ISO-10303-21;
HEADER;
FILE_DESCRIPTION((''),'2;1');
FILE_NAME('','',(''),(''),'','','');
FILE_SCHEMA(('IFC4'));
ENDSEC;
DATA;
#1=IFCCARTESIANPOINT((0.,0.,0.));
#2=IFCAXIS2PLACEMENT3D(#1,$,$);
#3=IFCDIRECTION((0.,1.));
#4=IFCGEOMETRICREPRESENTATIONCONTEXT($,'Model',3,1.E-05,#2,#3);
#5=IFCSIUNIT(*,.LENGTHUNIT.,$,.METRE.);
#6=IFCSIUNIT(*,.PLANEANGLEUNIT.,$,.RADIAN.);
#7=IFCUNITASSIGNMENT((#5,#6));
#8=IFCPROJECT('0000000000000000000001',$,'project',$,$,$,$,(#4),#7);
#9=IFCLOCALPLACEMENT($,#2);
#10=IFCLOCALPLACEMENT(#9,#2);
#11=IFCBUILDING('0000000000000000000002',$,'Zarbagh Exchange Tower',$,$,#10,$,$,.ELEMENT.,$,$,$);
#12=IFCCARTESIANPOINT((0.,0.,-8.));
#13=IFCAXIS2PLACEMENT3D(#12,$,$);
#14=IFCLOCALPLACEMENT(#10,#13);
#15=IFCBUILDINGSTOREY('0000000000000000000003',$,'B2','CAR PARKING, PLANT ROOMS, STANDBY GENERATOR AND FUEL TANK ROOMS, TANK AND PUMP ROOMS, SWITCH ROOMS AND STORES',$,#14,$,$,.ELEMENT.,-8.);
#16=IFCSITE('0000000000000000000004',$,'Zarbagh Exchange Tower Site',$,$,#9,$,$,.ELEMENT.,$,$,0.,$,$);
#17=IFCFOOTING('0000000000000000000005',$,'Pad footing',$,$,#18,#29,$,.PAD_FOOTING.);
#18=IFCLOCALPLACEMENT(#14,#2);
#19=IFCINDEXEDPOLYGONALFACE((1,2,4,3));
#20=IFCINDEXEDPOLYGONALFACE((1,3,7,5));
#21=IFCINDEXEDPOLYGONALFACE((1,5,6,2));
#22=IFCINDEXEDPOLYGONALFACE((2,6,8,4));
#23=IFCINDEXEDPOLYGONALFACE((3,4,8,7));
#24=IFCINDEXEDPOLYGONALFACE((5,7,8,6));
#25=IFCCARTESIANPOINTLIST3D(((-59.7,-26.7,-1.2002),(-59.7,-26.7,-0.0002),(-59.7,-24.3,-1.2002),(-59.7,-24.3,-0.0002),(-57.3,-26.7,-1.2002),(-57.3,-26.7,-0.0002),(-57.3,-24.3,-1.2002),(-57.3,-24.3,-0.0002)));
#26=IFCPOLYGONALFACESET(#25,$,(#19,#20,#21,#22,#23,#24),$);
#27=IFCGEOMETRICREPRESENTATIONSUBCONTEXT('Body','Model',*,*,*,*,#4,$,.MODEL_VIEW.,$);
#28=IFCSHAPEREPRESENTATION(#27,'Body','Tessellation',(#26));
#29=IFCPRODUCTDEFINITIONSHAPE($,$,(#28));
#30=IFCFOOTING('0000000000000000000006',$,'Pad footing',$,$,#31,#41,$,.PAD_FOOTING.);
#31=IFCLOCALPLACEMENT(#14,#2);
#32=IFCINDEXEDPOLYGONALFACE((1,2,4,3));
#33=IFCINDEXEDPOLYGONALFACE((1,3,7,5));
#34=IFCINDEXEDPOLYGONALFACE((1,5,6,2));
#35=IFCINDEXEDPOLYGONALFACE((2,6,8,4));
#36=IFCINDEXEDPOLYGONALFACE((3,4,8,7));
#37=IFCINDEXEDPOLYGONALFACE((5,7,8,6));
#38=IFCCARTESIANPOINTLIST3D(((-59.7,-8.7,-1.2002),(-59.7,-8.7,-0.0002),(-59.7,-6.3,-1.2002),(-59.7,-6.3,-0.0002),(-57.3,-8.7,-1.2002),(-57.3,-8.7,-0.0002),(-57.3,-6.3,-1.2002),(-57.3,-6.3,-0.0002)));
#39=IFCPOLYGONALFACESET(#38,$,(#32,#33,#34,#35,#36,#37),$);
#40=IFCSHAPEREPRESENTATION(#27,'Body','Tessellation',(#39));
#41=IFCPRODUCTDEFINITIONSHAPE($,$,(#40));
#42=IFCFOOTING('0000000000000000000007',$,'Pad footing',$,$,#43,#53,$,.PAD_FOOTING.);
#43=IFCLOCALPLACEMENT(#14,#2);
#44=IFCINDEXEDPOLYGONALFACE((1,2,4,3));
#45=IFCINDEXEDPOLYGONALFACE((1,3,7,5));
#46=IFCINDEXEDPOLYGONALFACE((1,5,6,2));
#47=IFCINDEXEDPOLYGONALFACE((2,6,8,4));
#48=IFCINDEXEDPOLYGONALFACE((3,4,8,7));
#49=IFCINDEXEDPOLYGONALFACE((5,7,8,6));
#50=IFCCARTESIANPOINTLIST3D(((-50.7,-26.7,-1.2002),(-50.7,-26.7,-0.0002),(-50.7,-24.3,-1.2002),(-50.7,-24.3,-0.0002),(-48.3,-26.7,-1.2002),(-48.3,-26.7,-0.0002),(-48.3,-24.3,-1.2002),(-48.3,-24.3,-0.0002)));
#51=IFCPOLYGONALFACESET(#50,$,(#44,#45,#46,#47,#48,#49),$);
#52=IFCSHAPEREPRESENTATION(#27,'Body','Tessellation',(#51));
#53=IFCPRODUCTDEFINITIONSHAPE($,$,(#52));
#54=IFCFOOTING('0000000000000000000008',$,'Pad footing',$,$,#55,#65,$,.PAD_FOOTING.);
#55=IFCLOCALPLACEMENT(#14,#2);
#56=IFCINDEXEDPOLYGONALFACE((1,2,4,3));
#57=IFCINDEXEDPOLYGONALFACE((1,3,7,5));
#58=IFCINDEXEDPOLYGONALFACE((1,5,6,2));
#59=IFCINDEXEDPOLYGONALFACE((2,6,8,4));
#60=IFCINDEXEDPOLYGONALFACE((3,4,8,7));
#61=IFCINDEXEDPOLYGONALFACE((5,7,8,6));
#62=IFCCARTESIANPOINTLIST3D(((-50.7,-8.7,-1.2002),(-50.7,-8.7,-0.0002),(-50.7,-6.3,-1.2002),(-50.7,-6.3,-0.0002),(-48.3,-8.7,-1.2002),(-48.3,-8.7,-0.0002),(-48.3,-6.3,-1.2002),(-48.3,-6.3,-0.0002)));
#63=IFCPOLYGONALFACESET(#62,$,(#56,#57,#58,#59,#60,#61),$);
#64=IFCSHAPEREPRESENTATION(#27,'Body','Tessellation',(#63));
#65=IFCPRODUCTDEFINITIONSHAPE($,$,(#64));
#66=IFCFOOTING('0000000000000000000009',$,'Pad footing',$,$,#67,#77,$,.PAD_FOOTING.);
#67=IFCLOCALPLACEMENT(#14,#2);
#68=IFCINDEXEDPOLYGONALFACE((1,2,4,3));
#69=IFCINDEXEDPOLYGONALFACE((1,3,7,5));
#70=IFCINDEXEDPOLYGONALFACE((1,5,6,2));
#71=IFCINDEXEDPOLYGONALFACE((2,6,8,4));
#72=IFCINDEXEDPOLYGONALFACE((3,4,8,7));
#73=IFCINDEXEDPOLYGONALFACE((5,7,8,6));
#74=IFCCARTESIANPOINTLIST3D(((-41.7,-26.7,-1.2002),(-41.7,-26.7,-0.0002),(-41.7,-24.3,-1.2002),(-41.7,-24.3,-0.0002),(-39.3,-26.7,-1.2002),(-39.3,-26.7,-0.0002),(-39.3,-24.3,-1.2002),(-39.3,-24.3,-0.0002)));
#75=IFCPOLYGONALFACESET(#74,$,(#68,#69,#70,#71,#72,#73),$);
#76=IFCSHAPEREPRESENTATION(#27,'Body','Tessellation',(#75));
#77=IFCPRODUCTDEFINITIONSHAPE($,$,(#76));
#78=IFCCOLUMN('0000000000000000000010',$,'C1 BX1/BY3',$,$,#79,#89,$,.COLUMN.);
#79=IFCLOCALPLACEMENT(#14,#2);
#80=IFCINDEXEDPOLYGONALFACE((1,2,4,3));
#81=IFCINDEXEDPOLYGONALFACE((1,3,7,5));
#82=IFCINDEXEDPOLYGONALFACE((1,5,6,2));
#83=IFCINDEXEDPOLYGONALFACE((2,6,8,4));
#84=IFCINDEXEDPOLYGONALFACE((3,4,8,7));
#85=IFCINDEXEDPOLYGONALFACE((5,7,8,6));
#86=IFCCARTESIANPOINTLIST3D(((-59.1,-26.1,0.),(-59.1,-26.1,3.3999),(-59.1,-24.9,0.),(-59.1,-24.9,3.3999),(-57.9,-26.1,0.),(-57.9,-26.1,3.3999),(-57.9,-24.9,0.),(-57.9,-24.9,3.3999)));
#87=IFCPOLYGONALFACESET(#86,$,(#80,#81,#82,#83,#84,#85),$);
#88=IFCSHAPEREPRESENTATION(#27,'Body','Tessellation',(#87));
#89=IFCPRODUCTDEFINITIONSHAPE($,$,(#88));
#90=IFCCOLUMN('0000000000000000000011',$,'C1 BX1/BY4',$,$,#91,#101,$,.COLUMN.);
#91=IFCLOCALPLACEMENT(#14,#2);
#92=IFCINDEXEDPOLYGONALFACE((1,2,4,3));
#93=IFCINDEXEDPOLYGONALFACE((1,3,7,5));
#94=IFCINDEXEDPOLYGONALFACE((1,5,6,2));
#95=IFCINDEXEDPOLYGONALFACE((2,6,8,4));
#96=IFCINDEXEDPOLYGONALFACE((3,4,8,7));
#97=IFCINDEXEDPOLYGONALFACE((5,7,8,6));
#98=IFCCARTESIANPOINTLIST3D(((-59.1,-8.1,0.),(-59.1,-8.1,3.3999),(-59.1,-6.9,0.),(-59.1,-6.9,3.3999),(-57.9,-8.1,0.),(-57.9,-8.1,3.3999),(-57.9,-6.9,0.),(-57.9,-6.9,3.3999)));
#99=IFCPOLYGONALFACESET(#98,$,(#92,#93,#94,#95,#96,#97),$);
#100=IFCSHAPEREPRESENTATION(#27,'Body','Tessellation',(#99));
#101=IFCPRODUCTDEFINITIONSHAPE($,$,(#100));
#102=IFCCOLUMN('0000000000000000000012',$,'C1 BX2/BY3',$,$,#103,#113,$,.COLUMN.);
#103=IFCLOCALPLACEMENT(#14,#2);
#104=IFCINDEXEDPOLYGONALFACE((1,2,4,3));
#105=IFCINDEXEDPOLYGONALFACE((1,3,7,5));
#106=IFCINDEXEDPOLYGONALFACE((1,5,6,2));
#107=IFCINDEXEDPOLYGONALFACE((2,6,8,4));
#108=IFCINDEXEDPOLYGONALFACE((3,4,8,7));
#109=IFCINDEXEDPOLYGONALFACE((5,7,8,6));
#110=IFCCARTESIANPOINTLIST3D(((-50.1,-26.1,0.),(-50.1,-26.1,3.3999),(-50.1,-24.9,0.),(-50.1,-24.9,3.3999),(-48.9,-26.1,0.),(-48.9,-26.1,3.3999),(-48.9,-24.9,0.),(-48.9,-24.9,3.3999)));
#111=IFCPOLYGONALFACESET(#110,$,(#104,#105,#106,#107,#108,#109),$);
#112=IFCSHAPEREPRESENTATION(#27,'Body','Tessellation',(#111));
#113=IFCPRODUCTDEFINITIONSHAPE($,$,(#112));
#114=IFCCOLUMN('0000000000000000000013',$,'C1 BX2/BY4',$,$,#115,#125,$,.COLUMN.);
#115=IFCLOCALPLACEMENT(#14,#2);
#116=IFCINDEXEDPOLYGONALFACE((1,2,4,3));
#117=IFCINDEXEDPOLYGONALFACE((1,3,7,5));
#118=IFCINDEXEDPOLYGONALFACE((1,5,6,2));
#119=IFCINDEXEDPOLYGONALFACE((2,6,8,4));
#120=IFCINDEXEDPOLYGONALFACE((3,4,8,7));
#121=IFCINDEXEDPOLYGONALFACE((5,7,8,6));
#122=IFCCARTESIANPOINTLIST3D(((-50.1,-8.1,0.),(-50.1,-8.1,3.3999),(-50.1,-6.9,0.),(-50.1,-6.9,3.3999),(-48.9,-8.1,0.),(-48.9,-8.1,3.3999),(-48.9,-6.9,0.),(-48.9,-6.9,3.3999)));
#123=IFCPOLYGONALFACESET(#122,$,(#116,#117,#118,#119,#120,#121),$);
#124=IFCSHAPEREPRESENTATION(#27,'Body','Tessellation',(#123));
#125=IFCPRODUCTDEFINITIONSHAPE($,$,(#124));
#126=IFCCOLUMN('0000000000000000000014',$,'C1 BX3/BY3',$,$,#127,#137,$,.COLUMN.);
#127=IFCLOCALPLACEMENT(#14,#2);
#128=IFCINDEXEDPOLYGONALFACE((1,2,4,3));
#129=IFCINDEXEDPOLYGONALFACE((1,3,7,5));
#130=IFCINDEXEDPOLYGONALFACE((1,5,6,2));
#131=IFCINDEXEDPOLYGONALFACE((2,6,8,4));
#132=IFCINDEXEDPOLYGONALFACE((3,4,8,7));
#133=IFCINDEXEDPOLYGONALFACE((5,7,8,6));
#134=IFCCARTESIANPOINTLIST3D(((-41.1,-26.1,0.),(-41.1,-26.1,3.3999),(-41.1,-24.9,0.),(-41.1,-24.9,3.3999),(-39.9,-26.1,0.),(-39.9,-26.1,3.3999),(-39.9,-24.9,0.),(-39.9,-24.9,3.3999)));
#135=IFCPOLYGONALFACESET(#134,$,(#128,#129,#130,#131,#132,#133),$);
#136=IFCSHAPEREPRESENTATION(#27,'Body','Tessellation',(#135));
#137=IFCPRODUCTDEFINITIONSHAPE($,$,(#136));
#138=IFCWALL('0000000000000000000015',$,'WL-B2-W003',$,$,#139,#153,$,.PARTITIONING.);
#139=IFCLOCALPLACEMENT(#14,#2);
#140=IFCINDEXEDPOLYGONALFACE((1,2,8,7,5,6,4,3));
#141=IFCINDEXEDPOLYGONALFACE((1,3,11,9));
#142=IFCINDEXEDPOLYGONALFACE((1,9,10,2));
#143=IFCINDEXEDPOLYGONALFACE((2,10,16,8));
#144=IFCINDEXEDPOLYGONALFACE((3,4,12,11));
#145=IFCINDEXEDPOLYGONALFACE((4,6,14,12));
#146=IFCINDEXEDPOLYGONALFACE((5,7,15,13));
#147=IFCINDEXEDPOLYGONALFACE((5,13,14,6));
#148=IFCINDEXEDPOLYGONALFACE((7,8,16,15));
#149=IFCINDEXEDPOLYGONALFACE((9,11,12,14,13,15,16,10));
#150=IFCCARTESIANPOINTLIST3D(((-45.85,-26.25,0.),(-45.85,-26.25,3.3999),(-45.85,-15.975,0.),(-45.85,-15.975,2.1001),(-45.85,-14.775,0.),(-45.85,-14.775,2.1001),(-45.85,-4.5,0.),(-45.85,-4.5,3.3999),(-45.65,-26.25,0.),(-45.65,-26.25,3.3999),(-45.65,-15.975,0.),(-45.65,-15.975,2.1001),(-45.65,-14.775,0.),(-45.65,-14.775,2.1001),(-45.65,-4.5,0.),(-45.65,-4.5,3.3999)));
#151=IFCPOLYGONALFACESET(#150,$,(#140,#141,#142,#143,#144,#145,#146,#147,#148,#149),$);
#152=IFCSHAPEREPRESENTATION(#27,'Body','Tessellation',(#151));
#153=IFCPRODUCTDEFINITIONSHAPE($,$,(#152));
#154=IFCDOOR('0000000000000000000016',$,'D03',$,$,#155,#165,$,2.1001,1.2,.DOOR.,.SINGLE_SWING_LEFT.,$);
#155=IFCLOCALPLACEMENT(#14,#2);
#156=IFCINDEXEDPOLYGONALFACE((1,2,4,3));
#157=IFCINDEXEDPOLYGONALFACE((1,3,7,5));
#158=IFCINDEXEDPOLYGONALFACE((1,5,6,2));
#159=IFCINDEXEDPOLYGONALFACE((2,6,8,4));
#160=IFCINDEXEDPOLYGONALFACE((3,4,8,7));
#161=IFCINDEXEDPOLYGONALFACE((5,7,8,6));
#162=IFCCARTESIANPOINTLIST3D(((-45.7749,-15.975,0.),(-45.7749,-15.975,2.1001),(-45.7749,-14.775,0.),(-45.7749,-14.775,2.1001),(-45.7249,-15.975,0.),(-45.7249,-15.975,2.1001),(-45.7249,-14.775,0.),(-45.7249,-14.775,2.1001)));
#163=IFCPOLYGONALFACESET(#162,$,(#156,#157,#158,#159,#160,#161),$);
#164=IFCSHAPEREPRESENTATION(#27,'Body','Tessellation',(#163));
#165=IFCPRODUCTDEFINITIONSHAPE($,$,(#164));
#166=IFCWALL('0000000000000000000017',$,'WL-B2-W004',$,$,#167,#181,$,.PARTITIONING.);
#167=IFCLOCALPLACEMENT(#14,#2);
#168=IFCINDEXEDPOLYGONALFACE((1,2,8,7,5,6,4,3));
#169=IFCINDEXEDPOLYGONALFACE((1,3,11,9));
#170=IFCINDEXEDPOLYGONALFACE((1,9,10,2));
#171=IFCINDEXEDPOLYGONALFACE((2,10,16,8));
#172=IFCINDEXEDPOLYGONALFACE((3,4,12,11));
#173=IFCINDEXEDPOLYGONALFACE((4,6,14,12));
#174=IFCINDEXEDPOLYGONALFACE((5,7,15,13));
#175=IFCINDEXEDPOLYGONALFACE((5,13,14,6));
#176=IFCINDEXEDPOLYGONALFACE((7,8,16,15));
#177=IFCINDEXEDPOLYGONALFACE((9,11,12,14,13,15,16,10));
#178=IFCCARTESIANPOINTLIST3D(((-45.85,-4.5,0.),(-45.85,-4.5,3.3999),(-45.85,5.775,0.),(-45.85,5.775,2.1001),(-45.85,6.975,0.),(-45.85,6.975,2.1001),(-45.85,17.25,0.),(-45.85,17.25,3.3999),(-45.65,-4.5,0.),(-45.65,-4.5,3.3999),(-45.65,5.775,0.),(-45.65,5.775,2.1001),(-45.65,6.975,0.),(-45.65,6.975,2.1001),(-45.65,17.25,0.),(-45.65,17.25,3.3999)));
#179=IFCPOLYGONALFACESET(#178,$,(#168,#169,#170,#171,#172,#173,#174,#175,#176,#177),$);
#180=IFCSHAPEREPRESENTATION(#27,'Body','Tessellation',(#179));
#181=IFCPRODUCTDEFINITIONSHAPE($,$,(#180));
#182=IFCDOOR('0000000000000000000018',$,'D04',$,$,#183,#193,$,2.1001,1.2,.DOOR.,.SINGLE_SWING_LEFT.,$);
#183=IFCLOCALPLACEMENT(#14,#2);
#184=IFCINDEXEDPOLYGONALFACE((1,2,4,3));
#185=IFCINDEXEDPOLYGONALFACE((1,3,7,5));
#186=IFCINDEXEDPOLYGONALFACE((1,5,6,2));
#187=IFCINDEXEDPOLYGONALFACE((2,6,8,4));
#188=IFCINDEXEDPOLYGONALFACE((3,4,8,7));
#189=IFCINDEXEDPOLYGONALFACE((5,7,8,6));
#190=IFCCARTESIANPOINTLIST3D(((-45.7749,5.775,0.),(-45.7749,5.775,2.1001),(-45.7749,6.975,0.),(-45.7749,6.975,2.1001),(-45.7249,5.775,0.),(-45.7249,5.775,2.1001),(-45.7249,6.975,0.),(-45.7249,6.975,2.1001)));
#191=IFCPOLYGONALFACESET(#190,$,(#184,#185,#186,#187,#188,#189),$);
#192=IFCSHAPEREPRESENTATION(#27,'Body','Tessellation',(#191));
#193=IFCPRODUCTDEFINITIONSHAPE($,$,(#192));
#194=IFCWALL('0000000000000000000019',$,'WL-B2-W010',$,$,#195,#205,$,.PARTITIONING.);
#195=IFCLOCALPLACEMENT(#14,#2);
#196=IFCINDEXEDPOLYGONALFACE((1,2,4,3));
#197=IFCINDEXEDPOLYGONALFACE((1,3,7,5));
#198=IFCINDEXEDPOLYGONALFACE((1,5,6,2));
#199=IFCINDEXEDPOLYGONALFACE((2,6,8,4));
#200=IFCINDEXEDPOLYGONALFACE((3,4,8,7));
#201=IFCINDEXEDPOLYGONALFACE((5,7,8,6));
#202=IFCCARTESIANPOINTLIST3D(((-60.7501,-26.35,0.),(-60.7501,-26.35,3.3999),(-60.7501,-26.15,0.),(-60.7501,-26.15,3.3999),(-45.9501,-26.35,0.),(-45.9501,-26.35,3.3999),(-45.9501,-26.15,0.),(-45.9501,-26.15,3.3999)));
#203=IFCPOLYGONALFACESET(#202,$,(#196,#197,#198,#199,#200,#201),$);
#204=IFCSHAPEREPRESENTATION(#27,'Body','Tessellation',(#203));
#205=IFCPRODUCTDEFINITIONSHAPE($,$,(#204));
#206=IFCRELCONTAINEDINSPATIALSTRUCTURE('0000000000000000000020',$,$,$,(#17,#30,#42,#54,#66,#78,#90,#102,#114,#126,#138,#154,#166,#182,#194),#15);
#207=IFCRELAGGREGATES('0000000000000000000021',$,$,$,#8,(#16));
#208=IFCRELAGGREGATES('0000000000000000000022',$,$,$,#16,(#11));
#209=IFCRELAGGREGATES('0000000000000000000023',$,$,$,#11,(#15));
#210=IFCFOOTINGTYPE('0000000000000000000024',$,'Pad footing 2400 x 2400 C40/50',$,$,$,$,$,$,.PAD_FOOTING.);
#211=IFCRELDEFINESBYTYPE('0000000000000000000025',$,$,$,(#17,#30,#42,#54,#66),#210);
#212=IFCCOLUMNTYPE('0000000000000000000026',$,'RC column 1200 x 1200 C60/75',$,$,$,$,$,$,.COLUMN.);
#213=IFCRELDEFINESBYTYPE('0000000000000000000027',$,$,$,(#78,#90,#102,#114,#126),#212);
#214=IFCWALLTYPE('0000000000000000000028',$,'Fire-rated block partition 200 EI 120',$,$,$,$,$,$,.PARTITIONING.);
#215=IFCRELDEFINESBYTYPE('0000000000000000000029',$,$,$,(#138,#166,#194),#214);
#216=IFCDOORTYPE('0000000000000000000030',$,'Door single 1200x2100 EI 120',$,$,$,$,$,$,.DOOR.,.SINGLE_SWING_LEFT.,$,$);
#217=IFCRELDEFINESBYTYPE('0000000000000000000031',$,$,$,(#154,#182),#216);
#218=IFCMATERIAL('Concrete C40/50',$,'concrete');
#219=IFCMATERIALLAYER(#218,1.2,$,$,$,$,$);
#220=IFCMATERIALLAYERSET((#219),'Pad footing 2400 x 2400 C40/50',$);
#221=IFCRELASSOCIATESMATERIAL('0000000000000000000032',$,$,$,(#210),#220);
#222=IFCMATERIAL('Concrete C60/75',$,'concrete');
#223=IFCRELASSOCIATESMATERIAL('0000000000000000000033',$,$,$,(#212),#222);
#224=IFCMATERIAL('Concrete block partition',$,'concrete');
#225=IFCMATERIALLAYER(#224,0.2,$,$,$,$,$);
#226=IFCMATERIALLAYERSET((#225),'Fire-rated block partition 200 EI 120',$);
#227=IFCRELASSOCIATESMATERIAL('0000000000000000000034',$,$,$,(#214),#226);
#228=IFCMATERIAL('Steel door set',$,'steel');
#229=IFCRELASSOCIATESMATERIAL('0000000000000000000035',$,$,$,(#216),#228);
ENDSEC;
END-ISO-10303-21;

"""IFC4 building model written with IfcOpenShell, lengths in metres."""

from ifc_helpers import new_model, si_unit, direction, frame, frame_2d, origin, origin_2d, place, context, subcontext, project, spatial, rectangle, extrude, material, layer, layer_set, material_profile, profile_set, type_object, element, fill, save


model = new_model("IFC4")

# Units and contexts
model_context = context("Model", 3, precision=1e-05, world=origin(), true_north=direction((0.0, 1.0)))
body_context = subcontext(model_context, "Body", "Model", "MODEL_VIEW")
ifc_project = project(units=[si_unit("LENGTHUNIT", "METRE"), si_unit("PLANEANGLEUNIT", "RADIAN")], contexts=[model_context])

# Site, building, storey
site_placement = place(None, origin())
site = spatial("IfcSite", under=ifc_project, at=site_placement, Name="Zarbagh Exchange Tower Site", CompositionType="ELEMENT", RefElevation=0.0)
building_placement = place(site_placement, origin())
building = spatial("IfcBuilding", under=site, at=building_placement, Name="Zarbagh Exchange Tower", CompositionType="ELEMENT")
storey_placement = place(building_placement, frame((0.0, 0.0, -8.0)))
storey = spatial("IfcBuildingStorey", under=building, at=storey_placement, Name="B2", Description="CAR PARKING, PLANT ROOMS, STANDBY GENERATOR AND FUEL TANK ROOMS, TANK AND PUMP ROOMS, SWITCH ROOMS AND STORES", CompositionType="ELEMENT", Elevation=-8.0)

# Shared definitions
ifc_material_1 = material(Name="Concrete C40/50", Category="concrete")

# Footings
ifc_layer_1 = layer(ifc_material_1, 1.2)
ifc_layer_set_1 = layer_set([ifc_layer_1], Name="Pad footing 2400 x 2400 C40/50")
footing_type = type_object("IfcFootingType", Name="Pad footing 2400 x 2400 C40/50", PredefinedType="PAD_FOOTING", material=ifc_layer_set_1)
for number, where, z_axis, x_axis, name in (
    (1, (-58.5, -25.5, -1.2002), (0.0, 0.0, 1.0), (1.0, 0.0, 0.0), "Pad footing"),
    (2, (-58.5, -7.5, -1.2002), (0.0, 0.0, 1.0), (1.0, 0.0, 0.0), "Pad footing"),
    (3, (-49.5, -25.5, -1.2002), (0.0, 0.0, 1.0), (1.0, 0.0, 0.0), "Pad footing"),
    (4, (-49.5, -7.5, -1.2002), (0.0, 0.0, 1.0), (1.0, 0.0, 0.0), "Pad footing"),
    (5, (-40.5, -25.5, -1.2002), (0.0, 0.0, 1.0), (1.0, 0.0, 0.0), "Pad footing"),
):
    element("IfcFooting", number, at=place(storey_placement, frame(where, z_axis=z_axis, x_axis=x_axis)), inside=storey, type_object=footing_type, Name=name, PredefinedType="PAD_FOOTING", context=body_context, shape_type="SweptSolid", body=[
        extrude(rectangle(XDim=2.3999, YDim=2.3999, at=origin_2d()), origin(), (0.0, 0.0, 1.0), 1.2),
    ])

# Columns
ifc_material_2 = material(Name="Concrete C60/75", Category="concrete")
ifc_material_profile_1 = material_profile(ifc_material_2, rectangle(XDim=1.2, YDim=1.2, at=origin_2d()), Name="RC column 1200 x 1200 C60/75")
ifc_profile_set_1 = profile_set([ifc_material_profile_1], Name="Concrete C60/75")
column_type = type_object("IfcColumnType", Name="RC column 1200 x 1200 C60/75", PredefinedType="COLUMN", material=ifc_profile_set_1)
for number, where, z_axis, x_axis, name in (
    (6, (-58.5, -25.5, 0.0), (0.0, 0.0, 1.0), (1.0, 0.0, 0.0), "C1 BX1/BY3"),
    (7, (-58.5, -7.5, 0.0), (0.0, 0.0, 1.0), (1.0, 0.0, 0.0), "C1 BX1/BY4"),
    (8, (-49.5, -25.5, 0.0), (0.0, 0.0, 1.0), (1.0, 0.0, 0.0), "C1 BX2/BY3"),
    (9, (-49.5, -7.5, 0.0), (0.0, 0.0, 1.0), (1.0, 0.0, 0.0), "C1 BX2/BY4"),
    (10, (-40.5, -25.5, 0.0), (0.0, 0.0, 1.0), (1.0, 0.0, 0.0), "C1 BX3/BY3"),
):
    element("IfcColumn", number, at=place(storey_placement, frame(where, z_axis=z_axis, x_axis=x_axis)), inside=storey, type_object=column_type, Name=name, PredefinedType="COLUMN", context=body_context, shape_type="SweptSolid", body=[
        extrude(rectangle(XDim=1.2, YDim=1.2, at=origin_2d()), origin(), (0.0, 0.0, 1.0), 3.3999),
    ])

# Walls, openings, doors
ifc_material_3 = material(Name="Concrete block partition", Category="concrete")
ifc_layer_2 = layer(ifc_material_3, 0.2)
ifc_layer_set_2 = layer_set([ifc_layer_2], Name="Fire-rated block partition 200 EI 120")
wall_type = type_object("IfcWallType", Name="Fire-rated block partition 200 EI 120", PredefinedType="PARTITIONING", material=ifc_layer_set_2)
wall_1_placement = place(storey_placement, frame((-45.75, -26.25, 0.0), z_axis=(0.0, 0.0, 1.0), x_axis=(0.0, 1.0, 0.0)))
wall_1 = element("IfcWall", 11, at=wall_1_placement, inside=storey, type_object=wall_type, Name="WL-B2-W003", PredefinedType="PARTITIONING", context=body_context, shape_type="SweptSolid", body=[
    extrude(rectangle(XDim=21.75, YDim=0.2, at=frame_2d((10.875, 0.0))), origin(), (0.0, 0.0, 1.0), 3.3999),
])
opening_1_placement = place(wall_1_placement, frame((10.2749, 0.0, 0.0)))
opening_1 = element("IfcOpeningElement", 12, at=opening_1_placement, cuts=wall_1, PredefinedType="OPENING", context=body_context, shape_type="SweptSolid", body=[
    extrude(rectangle(XDim=1.2, YDim=2.1001, at=frame_2d((0.6001, 1.05))), frame((0.0, 0.1099, 0.0), z_axis=(0.0, -1.0, 0.0), x_axis=(1.0, 0.0, 0.0)), (0.0, 0.0, 1.0), 0.22),
])
ifc_material_4 = material(Name="Steel door set", Category="steel")
door_type = type_object("IfcDoorType", Name="Door single 1200x2100 EI 120", OperationType="SINGLE_SWING_LEFT", PredefinedType="DOOR", material=ifc_material_4)
door_1_placement = place(opening_1_placement, origin())
door_1 = element("IfcDoor", 13, at=door_1_placement, inside=storey, type_object=door_type, Name="D03", OperationType="SINGLE_SWING_LEFT", OverallHeight=2.1001, OverallWidth=1.2, PredefinedType="DOOR", context=body_context, shape_type="SweptSolid", body=[
    extrude(rectangle(XDim=1.2, YDim=2.1001, at=frame_2d((0.6001, 1.05))), frame((0.0, 0.0249, 0.0), z_axis=(0.0, -1.0, 0.0), x_axis=(1.0, 0.0, 0.0)), (0.0, 0.0, 1.0), 0.05),
])
fill(opening_1, door_1)
wall_2_placement = place(storey_placement, frame((-45.75, -4.5, 0.0), z_axis=(0.0, 0.0, 1.0), x_axis=(0.0, 1.0, 0.0)))
wall_2 = element("IfcWall", 14, at=wall_2_placement, inside=storey, type_object=wall_type, Name="WL-B2-W004", PredefinedType="PARTITIONING", context=body_context, shape_type="SweptSolid", body=[
    extrude(rectangle(XDim=21.75, YDim=0.2, at=frame_2d((10.875, 0.0))), origin(), (0.0, 0.0, 1.0), 3.3999),
])
opening_2_placement = place(wall_2_placement, frame((10.2749, 0.0, 0.0)))
opening_2 = element("IfcOpeningElement", 15, at=opening_2_placement, cuts=wall_2, PredefinedType="OPENING", context=body_context, shape_type="SweptSolid", body=[
    extrude(rectangle(XDim=1.2, YDim=2.1001, at=frame_2d((0.6001, 1.05))), frame((0.0, 0.1099, 0.0), z_axis=(0.0, -1.0, 0.0), x_axis=(1.0, 0.0, 0.0)), (0.0, 0.0, 1.0), 0.22),
])
door_2_placement = place(opening_2_placement, origin())
door_2 = element("IfcDoor", 16, at=door_2_placement, inside=storey, type_object=door_type, Name="D04", OperationType="SINGLE_SWING_LEFT", OverallHeight=2.1001, OverallWidth=1.2, PredefinedType="DOOR", context=body_context, shape_type="SweptSolid", body=[
    extrude(rectangle(XDim=1.2, YDim=2.1001, at=frame_2d((0.6001, 1.05))), frame((0.0, 0.0249, 0.0), z_axis=(0.0, -1.0, 0.0), x_axis=(1.0, 0.0, 0.0)), (0.0, 0.0, 1.0), 0.05),
])
fill(opening_2, door_2)

# Wall
for number, where, z_axis, x_axis, name in (
    (17, (-60.75, -26.25, 0.0), (0.0, 0.0, 1.0), (1.0, 0.0, 0.0), "WL-B2-W010"),
):
    element("IfcWall", number, at=place(storey_placement, frame(where, z_axis=z_axis, x_axis=x_axis)), inside=storey, type_object=wall_type, Name=name, PredefinedType="PARTITIONING", context=body_context, shape_type="SweptSolid", body=[
        extrude(rectangle(XDim=14.8, YDim=0.2, at=frame_2d((7.3999, 0.0))), origin(), (0.0, 0.0, 1.0), 3.3999),
    ])

save(model, "model.ifc")
